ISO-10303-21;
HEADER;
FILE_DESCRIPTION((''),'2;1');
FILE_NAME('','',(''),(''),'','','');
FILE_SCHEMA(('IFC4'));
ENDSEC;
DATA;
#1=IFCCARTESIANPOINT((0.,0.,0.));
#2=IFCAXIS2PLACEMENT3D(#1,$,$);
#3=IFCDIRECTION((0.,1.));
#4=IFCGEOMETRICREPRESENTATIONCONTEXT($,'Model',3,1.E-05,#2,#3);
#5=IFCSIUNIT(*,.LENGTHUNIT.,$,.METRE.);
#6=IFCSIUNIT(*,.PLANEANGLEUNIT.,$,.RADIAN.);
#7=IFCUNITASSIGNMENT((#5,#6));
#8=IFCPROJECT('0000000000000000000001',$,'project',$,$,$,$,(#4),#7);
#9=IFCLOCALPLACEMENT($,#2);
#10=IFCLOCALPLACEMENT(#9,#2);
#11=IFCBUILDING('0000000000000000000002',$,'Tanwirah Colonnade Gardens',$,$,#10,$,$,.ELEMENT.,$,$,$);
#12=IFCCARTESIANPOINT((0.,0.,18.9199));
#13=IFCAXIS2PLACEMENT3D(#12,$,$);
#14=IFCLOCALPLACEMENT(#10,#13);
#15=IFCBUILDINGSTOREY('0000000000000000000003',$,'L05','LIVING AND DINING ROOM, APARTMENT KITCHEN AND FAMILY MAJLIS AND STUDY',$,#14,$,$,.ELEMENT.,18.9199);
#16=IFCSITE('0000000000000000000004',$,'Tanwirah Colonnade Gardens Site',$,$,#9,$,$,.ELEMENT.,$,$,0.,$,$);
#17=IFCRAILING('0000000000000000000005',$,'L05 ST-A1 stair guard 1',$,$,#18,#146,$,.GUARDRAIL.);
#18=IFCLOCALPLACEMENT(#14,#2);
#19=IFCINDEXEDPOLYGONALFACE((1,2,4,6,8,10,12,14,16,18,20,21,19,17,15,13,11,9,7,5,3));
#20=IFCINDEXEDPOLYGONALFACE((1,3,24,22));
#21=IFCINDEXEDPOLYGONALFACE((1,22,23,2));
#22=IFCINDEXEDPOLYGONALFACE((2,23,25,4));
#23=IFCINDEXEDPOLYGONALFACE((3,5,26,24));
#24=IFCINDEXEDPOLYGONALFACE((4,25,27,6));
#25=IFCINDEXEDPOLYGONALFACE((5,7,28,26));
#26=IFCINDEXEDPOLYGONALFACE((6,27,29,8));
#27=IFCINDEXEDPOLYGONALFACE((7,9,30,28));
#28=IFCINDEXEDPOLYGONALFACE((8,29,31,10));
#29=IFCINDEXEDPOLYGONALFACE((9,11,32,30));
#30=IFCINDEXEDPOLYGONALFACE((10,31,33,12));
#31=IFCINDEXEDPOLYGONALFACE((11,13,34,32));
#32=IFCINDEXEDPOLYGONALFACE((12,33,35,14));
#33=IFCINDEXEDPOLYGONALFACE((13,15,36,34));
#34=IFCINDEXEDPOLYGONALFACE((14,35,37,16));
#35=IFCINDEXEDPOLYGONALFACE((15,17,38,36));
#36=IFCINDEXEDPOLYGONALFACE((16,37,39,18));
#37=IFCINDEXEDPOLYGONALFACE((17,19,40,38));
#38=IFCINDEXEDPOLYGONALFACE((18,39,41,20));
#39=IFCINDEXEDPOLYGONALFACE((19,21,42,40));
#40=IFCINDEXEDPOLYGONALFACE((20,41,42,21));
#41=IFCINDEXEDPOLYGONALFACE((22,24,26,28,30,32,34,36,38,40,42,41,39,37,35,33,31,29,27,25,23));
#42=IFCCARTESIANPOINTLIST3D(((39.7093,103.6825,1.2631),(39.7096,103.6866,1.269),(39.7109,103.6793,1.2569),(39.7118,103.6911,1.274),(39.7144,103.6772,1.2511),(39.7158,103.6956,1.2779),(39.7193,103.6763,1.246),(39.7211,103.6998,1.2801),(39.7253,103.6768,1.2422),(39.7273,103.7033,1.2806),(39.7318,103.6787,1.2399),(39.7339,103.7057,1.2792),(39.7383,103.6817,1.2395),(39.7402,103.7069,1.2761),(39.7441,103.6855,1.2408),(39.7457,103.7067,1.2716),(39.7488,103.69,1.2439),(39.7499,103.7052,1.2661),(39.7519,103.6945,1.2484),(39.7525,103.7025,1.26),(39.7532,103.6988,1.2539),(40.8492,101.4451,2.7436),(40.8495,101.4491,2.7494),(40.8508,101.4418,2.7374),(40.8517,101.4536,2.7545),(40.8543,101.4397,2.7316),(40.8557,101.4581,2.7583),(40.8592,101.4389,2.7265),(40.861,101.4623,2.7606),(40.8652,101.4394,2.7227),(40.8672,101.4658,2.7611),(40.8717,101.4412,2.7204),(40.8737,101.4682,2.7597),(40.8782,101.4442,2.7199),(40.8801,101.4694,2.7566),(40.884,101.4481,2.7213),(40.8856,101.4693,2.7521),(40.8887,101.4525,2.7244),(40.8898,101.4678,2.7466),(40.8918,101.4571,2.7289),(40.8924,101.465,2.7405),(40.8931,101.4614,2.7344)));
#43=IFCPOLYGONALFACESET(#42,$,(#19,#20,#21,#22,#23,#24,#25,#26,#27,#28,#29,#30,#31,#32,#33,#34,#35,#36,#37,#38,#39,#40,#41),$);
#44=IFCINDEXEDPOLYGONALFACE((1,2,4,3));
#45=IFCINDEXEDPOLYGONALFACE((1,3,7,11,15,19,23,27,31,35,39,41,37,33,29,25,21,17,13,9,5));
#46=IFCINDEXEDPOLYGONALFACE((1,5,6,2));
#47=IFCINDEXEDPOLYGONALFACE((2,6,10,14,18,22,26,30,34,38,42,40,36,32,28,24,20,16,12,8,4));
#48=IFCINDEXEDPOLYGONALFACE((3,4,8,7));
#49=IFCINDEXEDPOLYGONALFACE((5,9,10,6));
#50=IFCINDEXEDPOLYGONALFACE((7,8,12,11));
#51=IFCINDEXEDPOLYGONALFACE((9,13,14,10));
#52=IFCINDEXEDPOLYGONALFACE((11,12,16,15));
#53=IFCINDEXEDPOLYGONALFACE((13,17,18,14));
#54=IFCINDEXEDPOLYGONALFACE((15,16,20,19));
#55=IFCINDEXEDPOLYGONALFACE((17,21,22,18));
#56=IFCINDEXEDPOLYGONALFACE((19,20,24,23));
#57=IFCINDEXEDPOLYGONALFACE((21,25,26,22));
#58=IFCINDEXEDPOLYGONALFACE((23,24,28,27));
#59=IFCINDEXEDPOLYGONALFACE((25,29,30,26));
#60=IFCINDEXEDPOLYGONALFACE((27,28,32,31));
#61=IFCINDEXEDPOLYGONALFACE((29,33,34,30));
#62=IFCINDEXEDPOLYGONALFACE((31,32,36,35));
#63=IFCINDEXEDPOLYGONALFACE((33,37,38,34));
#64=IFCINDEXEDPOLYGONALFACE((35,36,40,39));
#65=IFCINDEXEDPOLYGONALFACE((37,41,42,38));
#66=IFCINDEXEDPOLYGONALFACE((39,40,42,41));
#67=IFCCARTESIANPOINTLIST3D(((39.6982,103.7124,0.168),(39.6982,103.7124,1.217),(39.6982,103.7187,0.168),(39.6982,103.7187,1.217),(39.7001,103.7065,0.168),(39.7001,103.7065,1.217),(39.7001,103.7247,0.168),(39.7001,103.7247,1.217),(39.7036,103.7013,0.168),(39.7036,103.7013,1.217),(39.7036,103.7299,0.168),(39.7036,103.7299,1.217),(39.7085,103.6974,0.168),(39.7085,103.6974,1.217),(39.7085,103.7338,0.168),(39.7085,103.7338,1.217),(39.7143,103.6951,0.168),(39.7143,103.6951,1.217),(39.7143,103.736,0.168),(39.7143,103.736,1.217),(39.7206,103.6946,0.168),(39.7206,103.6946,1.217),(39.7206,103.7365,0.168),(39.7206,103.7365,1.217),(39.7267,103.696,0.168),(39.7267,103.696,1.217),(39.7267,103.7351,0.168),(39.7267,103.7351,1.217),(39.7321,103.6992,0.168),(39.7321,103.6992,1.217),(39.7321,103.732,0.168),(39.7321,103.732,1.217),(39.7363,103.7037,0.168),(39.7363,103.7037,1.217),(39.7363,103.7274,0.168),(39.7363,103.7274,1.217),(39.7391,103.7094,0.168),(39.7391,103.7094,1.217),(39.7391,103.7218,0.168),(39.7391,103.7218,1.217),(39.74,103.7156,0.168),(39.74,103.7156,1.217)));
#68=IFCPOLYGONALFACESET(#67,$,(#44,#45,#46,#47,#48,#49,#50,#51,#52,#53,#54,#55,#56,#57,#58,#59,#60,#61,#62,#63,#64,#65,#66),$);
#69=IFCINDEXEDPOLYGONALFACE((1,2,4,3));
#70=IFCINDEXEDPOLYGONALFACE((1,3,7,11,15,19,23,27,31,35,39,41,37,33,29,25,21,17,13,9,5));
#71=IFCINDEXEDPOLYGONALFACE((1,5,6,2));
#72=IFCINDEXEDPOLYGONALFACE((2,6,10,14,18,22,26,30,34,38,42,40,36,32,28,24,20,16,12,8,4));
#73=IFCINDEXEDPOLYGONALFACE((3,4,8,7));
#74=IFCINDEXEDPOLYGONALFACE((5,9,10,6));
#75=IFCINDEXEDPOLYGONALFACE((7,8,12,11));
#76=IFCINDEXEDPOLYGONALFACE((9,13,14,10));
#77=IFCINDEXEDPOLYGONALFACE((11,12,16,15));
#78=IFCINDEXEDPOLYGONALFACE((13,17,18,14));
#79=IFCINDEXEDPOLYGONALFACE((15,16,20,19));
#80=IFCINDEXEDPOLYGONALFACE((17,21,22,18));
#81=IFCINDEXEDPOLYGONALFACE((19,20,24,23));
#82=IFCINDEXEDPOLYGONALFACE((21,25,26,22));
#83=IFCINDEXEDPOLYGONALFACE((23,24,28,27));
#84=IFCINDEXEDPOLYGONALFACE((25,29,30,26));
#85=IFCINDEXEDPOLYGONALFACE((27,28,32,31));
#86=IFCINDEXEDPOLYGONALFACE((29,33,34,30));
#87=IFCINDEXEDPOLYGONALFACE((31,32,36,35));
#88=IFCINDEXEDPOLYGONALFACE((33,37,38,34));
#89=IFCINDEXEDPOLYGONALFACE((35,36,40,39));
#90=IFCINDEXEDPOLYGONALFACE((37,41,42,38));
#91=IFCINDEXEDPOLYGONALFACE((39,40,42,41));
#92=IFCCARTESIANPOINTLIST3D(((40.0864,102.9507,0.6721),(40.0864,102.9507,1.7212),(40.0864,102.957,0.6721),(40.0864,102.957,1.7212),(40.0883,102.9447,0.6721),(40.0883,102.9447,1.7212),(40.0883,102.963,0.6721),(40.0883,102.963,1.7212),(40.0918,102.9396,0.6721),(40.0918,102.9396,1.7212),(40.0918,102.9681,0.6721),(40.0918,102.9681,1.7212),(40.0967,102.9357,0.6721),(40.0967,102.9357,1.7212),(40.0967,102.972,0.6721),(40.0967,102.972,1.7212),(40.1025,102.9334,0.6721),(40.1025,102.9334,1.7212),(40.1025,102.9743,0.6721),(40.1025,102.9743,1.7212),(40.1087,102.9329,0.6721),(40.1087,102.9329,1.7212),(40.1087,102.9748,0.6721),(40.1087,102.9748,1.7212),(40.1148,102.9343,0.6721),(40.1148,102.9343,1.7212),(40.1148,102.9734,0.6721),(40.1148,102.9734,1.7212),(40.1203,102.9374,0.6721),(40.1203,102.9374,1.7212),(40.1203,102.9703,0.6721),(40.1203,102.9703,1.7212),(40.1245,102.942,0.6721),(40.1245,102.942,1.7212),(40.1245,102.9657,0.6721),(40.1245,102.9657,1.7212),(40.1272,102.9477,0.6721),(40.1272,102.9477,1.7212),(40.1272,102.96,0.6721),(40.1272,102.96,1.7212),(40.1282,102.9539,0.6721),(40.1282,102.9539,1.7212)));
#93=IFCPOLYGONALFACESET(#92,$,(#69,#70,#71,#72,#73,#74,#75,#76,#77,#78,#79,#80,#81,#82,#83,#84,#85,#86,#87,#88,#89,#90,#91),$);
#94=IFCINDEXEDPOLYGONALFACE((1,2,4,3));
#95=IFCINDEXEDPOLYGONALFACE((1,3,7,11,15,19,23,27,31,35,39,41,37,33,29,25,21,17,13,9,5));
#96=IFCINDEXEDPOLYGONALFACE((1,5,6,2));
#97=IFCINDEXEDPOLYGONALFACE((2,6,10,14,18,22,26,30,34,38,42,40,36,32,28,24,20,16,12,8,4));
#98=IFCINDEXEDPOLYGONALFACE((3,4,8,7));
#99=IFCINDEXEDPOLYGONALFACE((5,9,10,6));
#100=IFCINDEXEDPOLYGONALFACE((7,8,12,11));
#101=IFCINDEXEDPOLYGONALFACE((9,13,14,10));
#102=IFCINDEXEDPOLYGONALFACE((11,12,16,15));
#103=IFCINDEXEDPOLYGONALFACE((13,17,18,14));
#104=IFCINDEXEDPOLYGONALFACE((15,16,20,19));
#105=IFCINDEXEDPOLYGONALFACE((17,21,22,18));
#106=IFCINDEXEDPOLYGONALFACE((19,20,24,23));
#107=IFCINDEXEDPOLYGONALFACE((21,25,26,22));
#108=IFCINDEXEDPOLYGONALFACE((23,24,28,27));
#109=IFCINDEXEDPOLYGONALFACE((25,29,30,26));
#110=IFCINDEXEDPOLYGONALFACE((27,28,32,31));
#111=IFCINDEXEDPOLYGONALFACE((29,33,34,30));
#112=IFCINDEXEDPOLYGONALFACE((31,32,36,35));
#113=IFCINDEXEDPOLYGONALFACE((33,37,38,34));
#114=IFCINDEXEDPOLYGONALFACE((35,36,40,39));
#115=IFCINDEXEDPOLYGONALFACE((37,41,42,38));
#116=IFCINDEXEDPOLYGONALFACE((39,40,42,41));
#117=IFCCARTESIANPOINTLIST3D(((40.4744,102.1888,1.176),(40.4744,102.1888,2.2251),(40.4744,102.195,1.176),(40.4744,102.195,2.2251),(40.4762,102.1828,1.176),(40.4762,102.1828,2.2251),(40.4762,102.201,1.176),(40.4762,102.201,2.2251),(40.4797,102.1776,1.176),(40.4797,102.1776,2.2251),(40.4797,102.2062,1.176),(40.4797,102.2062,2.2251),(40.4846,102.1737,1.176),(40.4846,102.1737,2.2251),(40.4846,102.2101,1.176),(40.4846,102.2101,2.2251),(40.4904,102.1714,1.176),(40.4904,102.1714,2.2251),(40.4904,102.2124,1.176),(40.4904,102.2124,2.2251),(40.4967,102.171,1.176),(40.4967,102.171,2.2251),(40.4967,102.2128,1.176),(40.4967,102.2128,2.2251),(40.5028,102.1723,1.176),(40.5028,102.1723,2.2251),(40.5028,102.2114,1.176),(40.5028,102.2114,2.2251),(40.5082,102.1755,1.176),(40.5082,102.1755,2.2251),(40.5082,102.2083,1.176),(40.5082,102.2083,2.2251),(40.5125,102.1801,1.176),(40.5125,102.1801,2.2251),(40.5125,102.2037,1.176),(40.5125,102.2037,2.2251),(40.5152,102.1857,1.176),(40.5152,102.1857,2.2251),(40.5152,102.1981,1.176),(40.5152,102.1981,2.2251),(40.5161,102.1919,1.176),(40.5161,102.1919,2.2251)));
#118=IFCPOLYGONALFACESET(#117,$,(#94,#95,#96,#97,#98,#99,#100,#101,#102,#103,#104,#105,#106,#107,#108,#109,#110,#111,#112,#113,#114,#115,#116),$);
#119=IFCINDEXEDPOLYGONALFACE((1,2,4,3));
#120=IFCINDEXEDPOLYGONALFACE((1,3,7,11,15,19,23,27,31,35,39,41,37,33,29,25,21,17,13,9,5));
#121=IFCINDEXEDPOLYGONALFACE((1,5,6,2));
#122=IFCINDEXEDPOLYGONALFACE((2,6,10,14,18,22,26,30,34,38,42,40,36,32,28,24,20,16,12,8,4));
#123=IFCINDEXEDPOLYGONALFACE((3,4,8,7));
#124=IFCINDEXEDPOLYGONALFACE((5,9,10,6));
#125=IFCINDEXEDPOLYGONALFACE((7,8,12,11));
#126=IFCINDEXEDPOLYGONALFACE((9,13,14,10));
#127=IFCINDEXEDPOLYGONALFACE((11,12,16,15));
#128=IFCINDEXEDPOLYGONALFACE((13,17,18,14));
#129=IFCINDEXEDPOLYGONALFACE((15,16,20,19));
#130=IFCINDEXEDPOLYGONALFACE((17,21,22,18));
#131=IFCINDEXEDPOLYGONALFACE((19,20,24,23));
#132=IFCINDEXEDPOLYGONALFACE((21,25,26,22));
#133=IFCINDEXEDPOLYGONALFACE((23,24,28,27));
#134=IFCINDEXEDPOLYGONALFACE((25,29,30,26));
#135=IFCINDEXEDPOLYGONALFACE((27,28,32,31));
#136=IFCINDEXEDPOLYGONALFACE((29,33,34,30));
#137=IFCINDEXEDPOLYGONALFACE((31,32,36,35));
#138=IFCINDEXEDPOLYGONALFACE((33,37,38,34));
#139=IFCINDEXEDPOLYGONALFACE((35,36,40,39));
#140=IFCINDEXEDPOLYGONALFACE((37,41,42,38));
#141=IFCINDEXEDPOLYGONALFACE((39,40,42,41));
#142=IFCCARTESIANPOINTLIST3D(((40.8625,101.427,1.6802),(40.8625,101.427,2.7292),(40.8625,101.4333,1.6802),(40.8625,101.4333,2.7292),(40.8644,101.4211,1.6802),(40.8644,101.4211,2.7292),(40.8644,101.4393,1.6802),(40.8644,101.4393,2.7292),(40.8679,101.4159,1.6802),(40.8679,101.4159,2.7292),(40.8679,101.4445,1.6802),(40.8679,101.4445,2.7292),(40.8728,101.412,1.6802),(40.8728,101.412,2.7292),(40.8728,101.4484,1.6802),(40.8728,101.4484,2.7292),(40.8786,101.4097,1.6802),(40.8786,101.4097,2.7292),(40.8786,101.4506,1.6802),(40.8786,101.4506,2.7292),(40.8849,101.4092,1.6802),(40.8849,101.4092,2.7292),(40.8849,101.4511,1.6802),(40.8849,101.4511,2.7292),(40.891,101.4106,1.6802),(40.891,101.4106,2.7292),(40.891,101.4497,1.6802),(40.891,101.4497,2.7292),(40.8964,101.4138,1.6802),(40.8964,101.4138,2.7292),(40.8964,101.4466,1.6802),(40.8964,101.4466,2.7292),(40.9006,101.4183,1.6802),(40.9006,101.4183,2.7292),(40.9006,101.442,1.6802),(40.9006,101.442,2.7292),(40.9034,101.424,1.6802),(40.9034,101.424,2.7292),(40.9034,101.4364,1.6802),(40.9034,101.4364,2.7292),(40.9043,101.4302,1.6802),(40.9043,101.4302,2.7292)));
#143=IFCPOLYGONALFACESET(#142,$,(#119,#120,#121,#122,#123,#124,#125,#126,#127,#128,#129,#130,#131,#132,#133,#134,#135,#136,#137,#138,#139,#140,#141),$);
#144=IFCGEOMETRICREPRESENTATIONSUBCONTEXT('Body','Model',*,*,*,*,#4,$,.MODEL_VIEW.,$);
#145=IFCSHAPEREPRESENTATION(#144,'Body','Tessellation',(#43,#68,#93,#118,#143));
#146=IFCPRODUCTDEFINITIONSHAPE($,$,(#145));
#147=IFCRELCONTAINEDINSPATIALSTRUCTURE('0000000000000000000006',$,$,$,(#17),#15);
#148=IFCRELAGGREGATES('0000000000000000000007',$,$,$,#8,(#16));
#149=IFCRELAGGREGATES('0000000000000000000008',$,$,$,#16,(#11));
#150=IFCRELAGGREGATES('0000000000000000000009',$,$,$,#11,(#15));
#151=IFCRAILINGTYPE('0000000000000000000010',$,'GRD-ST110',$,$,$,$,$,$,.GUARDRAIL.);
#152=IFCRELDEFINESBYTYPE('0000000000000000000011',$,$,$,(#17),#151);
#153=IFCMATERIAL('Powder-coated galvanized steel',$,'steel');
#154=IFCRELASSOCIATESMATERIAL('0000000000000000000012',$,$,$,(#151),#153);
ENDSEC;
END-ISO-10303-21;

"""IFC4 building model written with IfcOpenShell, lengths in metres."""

from ifc_helpers import new_model, si_unit, direction, frame, origin, origin_2d, place, context, subcontext, project, spatial, circle, extrude, material, type_object, element, save


model = new_model("IFC4")

# Units and contexts
model_context = context("Model", 3, precision=1e-05, world=origin(), true_north=direction((0.0, 1.0)))
body_context = subcontext(model_context, "Body", "Model", "MODEL_VIEW")
ifc_project = project(units=[si_unit("LENGTHUNIT", "METRE"), si_unit("PLANEANGLEUNIT", "RADIAN")], contexts=[model_context])

# Site, building, storey
site_placement = place(None, origin())
site = spatial("IfcSite", under=ifc_project, at=site_placement, Name="Tanwirah Colonnade Gardens Site", CompositionType="ELEMENT", RefElevation=0.0)
building_placement = place(site_placement, origin())
building = spatial("IfcBuilding", under=site, at=building_placement, Name="Tanwirah Colonnade Gardens", CompositionType="ELEMENT")
storey_placement = place(building_placement, frame((0.0, 0.0, 18.9199)))
storey = spatial("IfcBuildingStorey", under=building, at=storey_placement, Name="L05", Description="LIVING AND DINING ROOM, APARTMENT KITCHEN AND FAMILY MAJLIS AND STUDY", CompositionType="ELEMENT", Elevation=18.9199)

# Railing
ifc_material_1 = material(Name="Powder-coated galvanized steel", Category="steel")
railing_type_1 = type_object("IfcRailingType", Name="GRD-ST110", PredefinedType="GUARDRAIL", material=ifc_material_1)
railing_1_placement = place(storey_placement, frame((39.719, 103.7156, 0.168)))
element("IfcRailing", 1, at=railing_1_placement, inside=storey, type_object=railing_type_1, Name="L05 ST-A1 stair guard 1", PredefinedType="GUARDRAIL", context=body_context, shape_type="SweptSolid", body=[
    extrude(circle(Radius=0.0239, at=origin_2d()), frame((0.0122, -0.0239, 1.092), z_axis=(0.391037, -0.76756, 0.50788), x_axis=(0.891032, 0.45394, 0.0)), (0.0, 0.0, 1.0), 2.915),
    extrude(circle(Radius=0.021, at=origin_2d()), origin(), (0.0, 0.0, 1.0), 1.0491),
    extrude(circle(Radius=0.021, at=origin_2d()), frame((0.3882, -0.7617, 0.5042)), (0.0, 0.0, 1.0), 1.0491),
    extrude(circle(Radius=0.021, at=origin_2d()), frame((0.7761, -1.5237, 1.0081)), (0.0, 0.0, 1.0), 1.0491),
    extrude(circle(Radius=0.021, at=origin_2d()), frame((1.1643, -2.2854, 1.5122)), (0.0, 0.0, 1.0), 1.0491),
])

save(model, "model.ifc")
